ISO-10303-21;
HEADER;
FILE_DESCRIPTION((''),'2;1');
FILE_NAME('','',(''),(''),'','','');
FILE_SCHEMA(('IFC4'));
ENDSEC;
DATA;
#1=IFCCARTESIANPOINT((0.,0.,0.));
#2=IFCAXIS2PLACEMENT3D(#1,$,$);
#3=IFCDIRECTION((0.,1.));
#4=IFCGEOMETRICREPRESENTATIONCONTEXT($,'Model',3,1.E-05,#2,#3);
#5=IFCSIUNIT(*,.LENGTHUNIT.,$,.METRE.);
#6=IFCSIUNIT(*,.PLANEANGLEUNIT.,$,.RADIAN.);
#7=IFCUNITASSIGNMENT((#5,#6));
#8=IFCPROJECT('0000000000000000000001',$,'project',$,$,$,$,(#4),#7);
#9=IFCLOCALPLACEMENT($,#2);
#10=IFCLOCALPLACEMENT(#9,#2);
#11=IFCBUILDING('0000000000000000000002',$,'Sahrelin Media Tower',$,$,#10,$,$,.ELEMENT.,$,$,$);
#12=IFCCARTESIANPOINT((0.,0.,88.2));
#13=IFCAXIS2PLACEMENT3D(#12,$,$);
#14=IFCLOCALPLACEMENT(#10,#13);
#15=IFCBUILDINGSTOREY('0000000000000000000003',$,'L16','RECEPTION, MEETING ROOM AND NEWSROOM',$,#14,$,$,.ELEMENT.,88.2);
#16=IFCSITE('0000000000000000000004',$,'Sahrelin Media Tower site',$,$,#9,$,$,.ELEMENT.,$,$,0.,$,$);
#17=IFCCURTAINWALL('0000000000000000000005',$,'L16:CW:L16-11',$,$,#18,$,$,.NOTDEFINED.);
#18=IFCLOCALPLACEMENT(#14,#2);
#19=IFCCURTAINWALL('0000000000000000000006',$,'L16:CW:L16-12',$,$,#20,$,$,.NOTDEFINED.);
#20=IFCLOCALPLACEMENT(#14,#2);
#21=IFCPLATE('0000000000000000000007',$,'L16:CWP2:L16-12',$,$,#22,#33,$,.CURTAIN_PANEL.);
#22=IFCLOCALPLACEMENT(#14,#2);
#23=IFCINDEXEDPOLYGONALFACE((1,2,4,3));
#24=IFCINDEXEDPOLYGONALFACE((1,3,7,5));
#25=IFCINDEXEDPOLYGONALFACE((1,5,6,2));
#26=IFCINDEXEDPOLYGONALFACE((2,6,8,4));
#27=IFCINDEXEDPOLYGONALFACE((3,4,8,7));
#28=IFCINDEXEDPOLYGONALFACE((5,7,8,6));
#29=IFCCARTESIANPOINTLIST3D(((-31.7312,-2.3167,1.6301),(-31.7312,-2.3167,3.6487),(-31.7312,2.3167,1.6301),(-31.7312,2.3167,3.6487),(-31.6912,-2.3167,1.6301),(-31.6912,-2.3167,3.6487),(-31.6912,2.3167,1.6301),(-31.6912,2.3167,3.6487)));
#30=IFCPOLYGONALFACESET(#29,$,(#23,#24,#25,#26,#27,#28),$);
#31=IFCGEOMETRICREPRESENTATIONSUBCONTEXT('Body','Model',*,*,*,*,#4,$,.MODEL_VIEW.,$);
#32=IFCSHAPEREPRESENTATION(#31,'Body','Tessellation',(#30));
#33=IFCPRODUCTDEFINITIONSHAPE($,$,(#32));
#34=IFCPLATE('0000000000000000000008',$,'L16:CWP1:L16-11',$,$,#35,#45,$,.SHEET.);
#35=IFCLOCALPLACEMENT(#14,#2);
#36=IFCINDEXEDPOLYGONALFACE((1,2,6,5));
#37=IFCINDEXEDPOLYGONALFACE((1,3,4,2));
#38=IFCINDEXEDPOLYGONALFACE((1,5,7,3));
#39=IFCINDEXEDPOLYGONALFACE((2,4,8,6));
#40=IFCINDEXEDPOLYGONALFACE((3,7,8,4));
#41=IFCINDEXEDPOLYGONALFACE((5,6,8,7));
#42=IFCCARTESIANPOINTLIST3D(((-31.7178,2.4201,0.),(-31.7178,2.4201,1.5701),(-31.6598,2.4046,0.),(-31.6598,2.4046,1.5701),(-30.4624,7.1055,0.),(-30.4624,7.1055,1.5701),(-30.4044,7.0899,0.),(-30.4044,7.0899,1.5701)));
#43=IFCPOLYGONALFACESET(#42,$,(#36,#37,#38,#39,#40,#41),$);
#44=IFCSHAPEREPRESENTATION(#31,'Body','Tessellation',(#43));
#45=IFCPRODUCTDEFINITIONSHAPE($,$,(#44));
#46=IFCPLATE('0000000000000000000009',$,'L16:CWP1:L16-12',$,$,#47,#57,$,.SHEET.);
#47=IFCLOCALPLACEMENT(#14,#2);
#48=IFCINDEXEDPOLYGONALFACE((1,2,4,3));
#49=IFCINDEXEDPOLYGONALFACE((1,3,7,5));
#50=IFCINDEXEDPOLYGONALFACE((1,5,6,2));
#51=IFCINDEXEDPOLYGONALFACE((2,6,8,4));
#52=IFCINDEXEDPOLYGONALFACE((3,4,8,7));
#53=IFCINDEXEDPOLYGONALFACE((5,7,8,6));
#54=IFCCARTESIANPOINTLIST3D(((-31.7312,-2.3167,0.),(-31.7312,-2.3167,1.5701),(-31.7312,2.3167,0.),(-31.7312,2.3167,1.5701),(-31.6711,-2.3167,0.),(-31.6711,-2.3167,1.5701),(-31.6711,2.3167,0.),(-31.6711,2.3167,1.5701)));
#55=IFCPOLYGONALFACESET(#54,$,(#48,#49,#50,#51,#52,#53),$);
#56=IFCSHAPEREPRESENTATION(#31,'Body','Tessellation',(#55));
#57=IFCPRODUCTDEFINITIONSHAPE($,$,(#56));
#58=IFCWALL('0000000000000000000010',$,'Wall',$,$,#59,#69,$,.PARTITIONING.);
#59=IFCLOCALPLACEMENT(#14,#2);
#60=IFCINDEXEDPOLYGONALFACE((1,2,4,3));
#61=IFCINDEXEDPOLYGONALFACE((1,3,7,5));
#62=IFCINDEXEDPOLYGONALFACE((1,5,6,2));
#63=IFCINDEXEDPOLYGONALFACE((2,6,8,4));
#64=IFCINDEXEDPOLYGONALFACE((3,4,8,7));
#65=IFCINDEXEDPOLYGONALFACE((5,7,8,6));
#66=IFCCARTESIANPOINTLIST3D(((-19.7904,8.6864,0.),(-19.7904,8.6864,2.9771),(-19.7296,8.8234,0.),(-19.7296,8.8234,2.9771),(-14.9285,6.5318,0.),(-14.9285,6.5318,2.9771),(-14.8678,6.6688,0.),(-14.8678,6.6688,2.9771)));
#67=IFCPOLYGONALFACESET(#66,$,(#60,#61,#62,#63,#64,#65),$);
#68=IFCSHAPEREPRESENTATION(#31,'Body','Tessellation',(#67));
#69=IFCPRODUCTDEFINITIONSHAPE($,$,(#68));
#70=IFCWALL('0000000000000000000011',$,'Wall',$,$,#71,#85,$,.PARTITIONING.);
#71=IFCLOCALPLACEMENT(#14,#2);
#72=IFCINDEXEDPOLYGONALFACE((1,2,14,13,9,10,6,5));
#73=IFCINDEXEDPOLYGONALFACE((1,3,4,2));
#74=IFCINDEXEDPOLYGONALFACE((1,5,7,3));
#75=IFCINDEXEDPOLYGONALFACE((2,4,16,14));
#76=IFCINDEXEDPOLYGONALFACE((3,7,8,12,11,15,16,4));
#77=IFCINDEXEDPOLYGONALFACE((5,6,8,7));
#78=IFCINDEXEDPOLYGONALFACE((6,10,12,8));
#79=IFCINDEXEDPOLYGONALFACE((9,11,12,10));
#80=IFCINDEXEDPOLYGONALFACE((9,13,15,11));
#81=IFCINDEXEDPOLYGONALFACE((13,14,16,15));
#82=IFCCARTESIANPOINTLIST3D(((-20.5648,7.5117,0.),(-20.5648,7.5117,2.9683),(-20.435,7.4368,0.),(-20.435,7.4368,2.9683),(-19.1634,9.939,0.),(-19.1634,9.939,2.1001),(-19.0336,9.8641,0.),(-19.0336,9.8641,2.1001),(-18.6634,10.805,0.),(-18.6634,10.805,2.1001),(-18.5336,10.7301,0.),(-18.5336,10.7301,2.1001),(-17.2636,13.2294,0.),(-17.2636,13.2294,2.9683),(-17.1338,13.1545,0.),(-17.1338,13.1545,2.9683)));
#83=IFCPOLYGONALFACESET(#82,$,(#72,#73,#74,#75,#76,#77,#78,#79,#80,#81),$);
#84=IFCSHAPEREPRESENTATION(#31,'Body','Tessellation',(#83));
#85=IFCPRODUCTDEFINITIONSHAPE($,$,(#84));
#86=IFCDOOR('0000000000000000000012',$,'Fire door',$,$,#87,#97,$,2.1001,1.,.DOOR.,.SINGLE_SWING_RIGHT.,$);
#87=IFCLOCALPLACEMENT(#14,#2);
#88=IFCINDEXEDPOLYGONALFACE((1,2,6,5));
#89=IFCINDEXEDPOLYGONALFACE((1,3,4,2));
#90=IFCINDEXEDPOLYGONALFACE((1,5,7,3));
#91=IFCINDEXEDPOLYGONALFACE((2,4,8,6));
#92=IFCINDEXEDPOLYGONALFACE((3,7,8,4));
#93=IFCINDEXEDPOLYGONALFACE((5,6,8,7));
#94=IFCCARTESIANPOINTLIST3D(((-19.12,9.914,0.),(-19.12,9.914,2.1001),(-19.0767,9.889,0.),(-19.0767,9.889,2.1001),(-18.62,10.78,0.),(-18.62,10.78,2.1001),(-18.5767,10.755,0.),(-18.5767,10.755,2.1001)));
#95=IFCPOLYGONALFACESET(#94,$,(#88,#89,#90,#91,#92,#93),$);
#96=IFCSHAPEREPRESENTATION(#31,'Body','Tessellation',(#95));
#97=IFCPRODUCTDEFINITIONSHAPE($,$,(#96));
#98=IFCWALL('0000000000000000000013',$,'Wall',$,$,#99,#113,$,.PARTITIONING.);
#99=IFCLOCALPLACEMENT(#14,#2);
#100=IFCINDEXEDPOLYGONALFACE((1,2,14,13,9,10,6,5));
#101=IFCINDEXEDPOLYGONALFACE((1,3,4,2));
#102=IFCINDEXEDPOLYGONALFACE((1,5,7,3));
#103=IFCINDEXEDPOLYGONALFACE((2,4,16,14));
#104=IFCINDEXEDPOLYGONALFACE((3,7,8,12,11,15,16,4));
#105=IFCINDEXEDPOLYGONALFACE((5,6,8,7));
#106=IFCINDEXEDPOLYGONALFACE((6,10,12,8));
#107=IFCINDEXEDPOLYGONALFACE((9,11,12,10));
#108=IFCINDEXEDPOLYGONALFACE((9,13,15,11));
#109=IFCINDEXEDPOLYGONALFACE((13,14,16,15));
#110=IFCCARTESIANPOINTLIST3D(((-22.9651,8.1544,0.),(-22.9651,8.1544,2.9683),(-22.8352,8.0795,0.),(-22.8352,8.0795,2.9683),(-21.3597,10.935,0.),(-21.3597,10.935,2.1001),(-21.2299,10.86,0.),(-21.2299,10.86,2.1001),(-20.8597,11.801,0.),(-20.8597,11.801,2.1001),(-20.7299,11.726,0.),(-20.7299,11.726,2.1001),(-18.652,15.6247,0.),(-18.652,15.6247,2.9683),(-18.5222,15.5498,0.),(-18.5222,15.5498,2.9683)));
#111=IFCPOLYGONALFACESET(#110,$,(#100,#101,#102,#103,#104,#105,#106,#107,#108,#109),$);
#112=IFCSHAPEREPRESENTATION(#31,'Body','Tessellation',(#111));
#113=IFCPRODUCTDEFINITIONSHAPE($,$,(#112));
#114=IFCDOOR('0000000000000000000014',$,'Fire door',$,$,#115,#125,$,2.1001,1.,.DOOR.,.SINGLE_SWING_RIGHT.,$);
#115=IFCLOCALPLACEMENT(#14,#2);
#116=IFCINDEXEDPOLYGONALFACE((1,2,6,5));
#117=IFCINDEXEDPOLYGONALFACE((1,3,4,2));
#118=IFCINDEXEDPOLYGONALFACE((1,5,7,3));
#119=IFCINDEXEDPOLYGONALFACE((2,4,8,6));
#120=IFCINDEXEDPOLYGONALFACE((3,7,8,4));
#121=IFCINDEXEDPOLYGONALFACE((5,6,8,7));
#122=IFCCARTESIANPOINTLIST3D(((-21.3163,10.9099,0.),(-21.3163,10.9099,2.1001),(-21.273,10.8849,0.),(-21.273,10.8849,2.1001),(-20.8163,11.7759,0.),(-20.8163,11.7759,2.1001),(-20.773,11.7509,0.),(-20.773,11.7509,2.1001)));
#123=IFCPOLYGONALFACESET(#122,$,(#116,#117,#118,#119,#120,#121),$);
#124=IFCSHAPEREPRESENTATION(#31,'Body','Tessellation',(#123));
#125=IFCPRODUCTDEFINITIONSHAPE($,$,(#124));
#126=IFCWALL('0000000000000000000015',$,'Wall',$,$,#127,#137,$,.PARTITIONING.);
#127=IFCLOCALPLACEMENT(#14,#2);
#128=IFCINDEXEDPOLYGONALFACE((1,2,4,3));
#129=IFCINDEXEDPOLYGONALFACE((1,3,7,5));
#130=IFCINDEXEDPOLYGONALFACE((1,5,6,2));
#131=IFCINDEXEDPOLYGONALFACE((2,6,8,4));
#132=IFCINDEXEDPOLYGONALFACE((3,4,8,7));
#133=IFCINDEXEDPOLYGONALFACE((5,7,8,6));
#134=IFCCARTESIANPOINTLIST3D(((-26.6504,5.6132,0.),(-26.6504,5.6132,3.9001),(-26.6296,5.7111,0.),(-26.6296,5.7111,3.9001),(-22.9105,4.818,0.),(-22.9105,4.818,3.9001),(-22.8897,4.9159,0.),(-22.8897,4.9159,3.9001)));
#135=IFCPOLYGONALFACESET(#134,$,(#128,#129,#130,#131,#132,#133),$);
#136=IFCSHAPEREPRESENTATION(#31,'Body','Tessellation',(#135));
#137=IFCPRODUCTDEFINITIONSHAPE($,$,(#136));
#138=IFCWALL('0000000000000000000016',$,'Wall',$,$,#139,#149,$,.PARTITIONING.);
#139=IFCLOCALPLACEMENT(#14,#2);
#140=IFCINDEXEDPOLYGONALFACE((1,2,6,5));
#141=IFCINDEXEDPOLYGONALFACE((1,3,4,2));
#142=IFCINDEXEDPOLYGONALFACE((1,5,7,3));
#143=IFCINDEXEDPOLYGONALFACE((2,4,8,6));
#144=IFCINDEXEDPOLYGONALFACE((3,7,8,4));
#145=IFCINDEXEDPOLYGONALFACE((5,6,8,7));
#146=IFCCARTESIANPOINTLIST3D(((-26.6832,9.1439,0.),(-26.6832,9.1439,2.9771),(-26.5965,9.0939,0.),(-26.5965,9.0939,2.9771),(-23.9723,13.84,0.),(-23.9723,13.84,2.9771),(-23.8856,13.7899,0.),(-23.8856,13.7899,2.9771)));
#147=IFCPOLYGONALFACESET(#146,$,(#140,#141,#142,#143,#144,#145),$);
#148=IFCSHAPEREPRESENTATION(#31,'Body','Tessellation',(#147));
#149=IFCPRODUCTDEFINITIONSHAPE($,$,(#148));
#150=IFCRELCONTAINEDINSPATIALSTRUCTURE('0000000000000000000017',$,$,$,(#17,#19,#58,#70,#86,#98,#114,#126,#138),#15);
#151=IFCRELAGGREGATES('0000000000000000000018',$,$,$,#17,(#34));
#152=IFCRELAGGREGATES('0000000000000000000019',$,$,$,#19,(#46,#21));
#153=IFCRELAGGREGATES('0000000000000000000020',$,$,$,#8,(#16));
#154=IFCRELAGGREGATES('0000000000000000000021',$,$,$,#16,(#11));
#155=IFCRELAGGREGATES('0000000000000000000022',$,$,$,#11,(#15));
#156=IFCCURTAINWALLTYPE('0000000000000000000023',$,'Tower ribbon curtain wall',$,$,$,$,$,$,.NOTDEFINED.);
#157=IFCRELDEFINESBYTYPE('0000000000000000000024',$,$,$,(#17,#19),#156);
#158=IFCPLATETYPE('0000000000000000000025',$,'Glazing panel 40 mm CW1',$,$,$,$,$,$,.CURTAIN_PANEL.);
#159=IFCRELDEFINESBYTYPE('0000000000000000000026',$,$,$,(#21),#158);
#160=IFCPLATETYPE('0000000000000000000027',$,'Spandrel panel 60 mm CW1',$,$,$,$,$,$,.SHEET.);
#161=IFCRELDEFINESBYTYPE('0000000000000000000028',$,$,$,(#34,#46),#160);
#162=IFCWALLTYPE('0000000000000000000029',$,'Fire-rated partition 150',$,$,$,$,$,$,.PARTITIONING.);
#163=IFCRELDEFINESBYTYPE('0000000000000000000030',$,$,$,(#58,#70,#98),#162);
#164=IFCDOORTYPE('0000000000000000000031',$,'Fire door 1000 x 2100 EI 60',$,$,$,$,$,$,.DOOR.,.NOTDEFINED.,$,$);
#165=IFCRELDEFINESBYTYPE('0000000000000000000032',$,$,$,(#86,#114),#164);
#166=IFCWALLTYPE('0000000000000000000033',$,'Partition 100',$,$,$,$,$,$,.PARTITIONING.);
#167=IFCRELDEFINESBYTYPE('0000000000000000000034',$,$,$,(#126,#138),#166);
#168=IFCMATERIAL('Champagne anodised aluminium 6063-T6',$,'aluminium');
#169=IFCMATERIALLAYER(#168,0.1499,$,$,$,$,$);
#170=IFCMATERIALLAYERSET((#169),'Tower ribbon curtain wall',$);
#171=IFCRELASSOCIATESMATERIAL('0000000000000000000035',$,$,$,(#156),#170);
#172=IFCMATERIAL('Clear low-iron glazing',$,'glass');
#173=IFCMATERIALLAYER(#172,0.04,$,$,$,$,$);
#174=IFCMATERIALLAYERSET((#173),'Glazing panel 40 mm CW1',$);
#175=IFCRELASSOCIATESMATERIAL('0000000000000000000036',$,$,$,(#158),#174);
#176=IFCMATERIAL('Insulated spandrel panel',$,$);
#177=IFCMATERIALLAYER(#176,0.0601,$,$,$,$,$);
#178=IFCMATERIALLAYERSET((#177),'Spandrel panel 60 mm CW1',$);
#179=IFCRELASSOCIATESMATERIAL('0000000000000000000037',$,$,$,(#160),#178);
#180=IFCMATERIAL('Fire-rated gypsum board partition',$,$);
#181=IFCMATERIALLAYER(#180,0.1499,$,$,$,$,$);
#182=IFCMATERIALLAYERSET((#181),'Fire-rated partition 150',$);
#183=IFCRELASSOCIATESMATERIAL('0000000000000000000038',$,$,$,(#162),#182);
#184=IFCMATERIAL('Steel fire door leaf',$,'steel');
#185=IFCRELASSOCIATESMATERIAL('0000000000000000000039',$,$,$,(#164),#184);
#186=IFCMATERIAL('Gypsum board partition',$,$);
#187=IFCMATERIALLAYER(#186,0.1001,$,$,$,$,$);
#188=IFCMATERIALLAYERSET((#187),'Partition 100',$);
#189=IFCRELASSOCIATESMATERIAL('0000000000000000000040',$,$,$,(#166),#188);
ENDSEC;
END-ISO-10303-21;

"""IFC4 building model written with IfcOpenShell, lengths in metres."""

from ifc_helpers import new_model, si_unit, direction, frame, frame_2d, origin, place, context, subcontext, project, spatial, polyline, rectangle, outline, extrude, material, layer, layer_set, type_object, element, fill, aggregate, save


model = new_model("IFC4")

# Units and contexts
model_context = context("Model", 3, precision=1e-05, world=origin(), true_north=direction((0.0, 1.0)))
body_context = subcontext(model_context, "Body", "Model", "MODEL_VIEW")
ifc_project = project(units=[si_unit("LENGTHUNIT", "METRE"), si_unit("PLANEANGLEUNIT", "RADIAN")], contexts=[model_context])

# Site, building, storey
site_placement = place(None, origin())
site = spatial("IfcSite", under=ifc_project, at=site_placement, Name="Sahrelin Media Tower site", CompositionType="ELEMENT", RefElevation=0.0)
building_placement = place(site_placement, origin())
building = spatial("IfcBuilding", under=site, at=building_placement, Name="Sahrelin Media Tower", CompositionType="ELEMENT")
storey_placement = place(building_placement, frame((0.0, 0.0, 88.2)))
storey = spatial("IfcBuildingStorey", under=building, at=storey_placement, Name="L16", Description="RECEPTION, MEETING ROOM AND NEWSROOM", CompositionType="ELEMENT", Elevation=88.2)

# Curtain wall
ifc_material_1 = material(Name="Champagne anodised aluminium 6063-T6", Category="aluminium")
ifc_layer_1 = layer(ifc_material_1, 0.1499)
ifc_layer_set_1 = layer_set([ifc_layer_1], Name="Tower ribbon curtain wall")
curtain_wall_type = type_object("IfcCurtainWallType", Name="Tower ribbon curtain wall", PredefinedType="NOTDEFINED", material=ifc_layer_set_1)
curtain_wall_1_placement = place(storey_placement, frame((-31.0708, 4.7576, 0.0), z_axis=(0.0, 0.0, 1.0), x_axis=(1.0, 0.0, 0.0)))
curtain_wall_1 = element("IfcCurtainWall", 1, at=curtain_wall_1_placement, inside=storey, type_object=curtain_wall_type, Name="L16:CW:L16-11", PredefinedType="NOTDEFINED")

# Curtain wall
curtain_wall_2_placement = place(storey_placement, frame((-31.7112, 0.0, 0.0), z_axis=(0.0, 0.0, 1.0), x_axis=(1.0, 0.0, 0.0)))
curtain_wall_2 = element("IfcCurtainWall", 2, at=curtain_wall_2_placement, inside=storey, type_object=curtain_wall_type, Name="L16:CW:L16-12", PredefinedType="NOTDEFINED")

# Plates
ifc_material_2 = material(Name="Clear low-iron glazing", Category="glass")
ifc_layer_2 = layer(ifc_material_2, 0.04)
ifc_layer_set_2 = layer_set([ifc_layer_2], Name="Glazing panel 40 mm CW1")
plate_type_1 = type_object("IfcPlateType", Name="Glazing panel 40 mm CW1", PredefinedType="CURTAIN_PANEL", material=ifc_layer_set_2)
plate_1_placement = place(storey_placement, frame((-31.7312, 2.3167, 1.6301), z_axis=(-1.0, 0.0, 0.0), x_axis=(0.0, -1.0, 0.0)))
plate_1 = element("IfcPlate", 3, at=plate_1_placement, type_object=plate_type_1, Name="L16:CWP2:L16-12", PredefinedType="CURTAIN_PANEL", context=body_context, shape_type="SweptSolid", body=[
    extrude(outline(polyline([(0.0, 0.0), (4.6333, 0.0), (4.6333, 2.0186), (0.0, 2.0186), (0.0, 0.0)])), origin(), (0.0, 0.0, -1.0), 0.04),
])
ifc_material_3 = material(Name="Insulated spandrel panel")
ifc_layer_3 = layer(ifc_material_3, 0.0601)
ifc_layer_set_3 = layer_set([ifc_layer_3], Name="Spandrel panel 60 mm CW1")
plate_type_2 = type_object("IfcPlateType", Name="Spandrel panel 60 mm CW1", PredefinedType="SHEET", material=ifc_layer_set_3)
plate_2_placement = place(storey_placement, frame((-30.4624, 7.1055, 0.0), z_axis=(-0.965929, 0.258809, 0.0), x_axis=(-0.258809, -0.965929, 0.0)))
plate_2 = element("IfcPlate", 4, at=plate_2_placement, type_object=plate_type_2, Name="L16:CWP1:L16-11", PredefinedType="SHEET", context=body_context, shape_type="SweptSolid", body=[
    extrude(outline(polyline([(0.0, 0.0), (4.8506, 0.0), (4.8506, 1.5701), (0.0, 1.5701), (0.0, 0.0)])), origin(), (0.0, 0.0, -1.0), 0.0601),
])
aggregate(curtain_wall_1, [plate_2])
plate_3_placement = place(storey_placement, frame((-31.7312, 2.3167, 0.0), z_axis=(-1.0, 0.0, 0.0), x_axis=(0.0, -1.0, 0.0)))
plate_3 = element("IfcPlate", 5, at=plate_3_placement, type_object=plate_type_2, Name="L16:CWP1:L16-12", PredefinedType="SHEET", context=body_context, shape_type="SweptSolid", body=[
    extrude(outline(polyline([(0.0, 0.0), (4.6333, 0.0), (4.6333, 1.5701), (0.0, 1.5701), (0.0, 0.0)])), origin(), (0.0, 0.0, -1.0), 0.0601),
])
aggregate(curtain_wall_2, [plate_3, plate_1])

# Wall
ifc_material_4 = material(Name="Fire-rated gypsum board partition")
ifc_layer_4 = layer(ifc_material_4, 0.1499)
ifc_layer_set_4 = layer_set([ifc_layer_4], Name="Fire-rated partition 150")
wall_type_1 = type_object("IfcWallType", Name="Fire-rated partition 150", PredefinedType="PARTITIONING", material=ifc_layer_set_4)
wall_1_placement = place(storey_placement, frame((-19.76, 8.7549, 0.0), z_axis=(0.0, 0.0, 1.0), x_axis=(0.914248, -0.405154, 0.0)))
element("IfcWall", 6, at=wall_1_placement, inside=storey, type_object=wall_type_1, Name="Wall", PredefinedType="PARTITIONING", context=body_context, shape_type="SweptSolid", body=[
    extrude(rectangle(XDim=5.3179, YDim=0.1499, at=frame_2d((2.6589, 0.0))), origin(), (0.0, 0.0, 1.0), 2.9771),
])

# Walls, openings, doors
wall_2_placement = place(storey_placement, frame((-20.5, 7.4741, 0.0), z_axis=(0.0, 0.0, 1.0), x_axis=(0.500013, 0.866018, 0.0)))
wall_2 = element("IfcWall", 7, at=wall_2_placement, inside=storey, type_object=wall_type_1, Name="Wall", PredefinedType="PARTITIONING", context=body_context, shape_type="SweptSolid", body=[
    extrude(rectangle(XDim=6.6023, YDim=0.1499, at=frame_2d((3.3013, 0.0))), origin(), (0.0, 0.0, 1.0), 2.9683),
])
opening_1_placement = place(wall_2_placement, frame((2.803, 0.0, 0.0)))
opening_1 = element("IfcOpeningElement", 8, at=opening_1_placement, cuts=wall_2, PredefinedType="OPENING", context=body_context, shape_type="SweptSolid", body=[
    extrude(rectangle(XDim=1.0, YDim=2.1001, at=frame_2d((0.5, 1.05))), frame((0.0, 0.075, 0.0), z_axis=(0.0, -1.0, 0.0), x_axis=(1.0, 0.0, 0.0)), (0.0, 0.0, 1.0), 0.1499),
])
ifc_material_5 = material(Name="Steel fire door leaf", Category="steel")
door_type = type_object("IfcDoorType", Name="Fire door 1000 x 2100 EI 60", OperationType="NOTDEFINED", PredefinedType="DOOR", material=ifc_material_5)
door_1_placement = place(opening_1_placement, origin())
door_1 = element("IfcDoor", 9, at=door_1_placement, inside=storey, type_object=door_type, Name="Fire door", OperationType="SINGLE_SWING_RIGHT", OverallHeight=2.1001, OverallWidth=1.0, PredefinedType="DOOR", context=body_context, shape_type="SweptSolid", body=[
    extrude(rectangle(XDim=1.0, YDim=2.1001, at=frame_2d((0.5, 1.05))), frame((0.0, 0.0249, 0.0), z_axis=(0.0, -1.0, 0.0), x_axis=(1.0, 0.0, 0.0)), (0.0, 0.0, 1.0), 0.05),
])
fill(opening_1, door_1)
wall_3_placement = place(storey_placement, frame((-22.9001, 8.1169, 0.0), z_axis=(0.0, 0.0, 1.0), x_axis=(0.500005, 0.866023, 0.0)))
wall_3 = element("IfcWall", 10, at=wall_3_placement, inside=storey, type_object=wall_type_1, Name="Wall", PredefinedType="PARTITIONING", context=body_context, shape_type="SweptSolid", body=[
    extrude(rectangle(XDim=8.626, YDim=0.1499, at=frame_2d((4.313, 0.0))), origin(), (0.0, 0.0, 1.0), 2.9683),
])
opening_2_placement = place(wall_3_placement, frame((3.2107, 0.0, 0.0)))
opening_2 = element("IfcOpeningElement", 11, at=opening_2_placement, cuts=wall_3, PredefinedType="OPENING", context=body_context, shape_type="SweptSolid", body=[
    extrude(rectangle(XDim=1.0, YDim=2.1001, at=frame_2d((0.5, 1.05))), frame((0.0, 0.075, 0.0), z_axis=(0.0, -1.0, 0.0), x_axis=(1.0, 0.0, 0.0)), (0.0, 0.0, 1.0), 0.1499),
])
door_2_placement = place(opening_2_placement, origin())
door_2 = element("IfcDoor", 12, at=door_2_placement, inside=storey, type_object=door_type, Name="Fire door", OperationType="SINGLE_SWING_RIGHT", OverallHeight=2.1001, OverallWidth=1.0, PredefinedType="DOOR", context=body_context, shape_type="SweptSolid", body=[
    extrude(rectangle(XDim=1.0, YDim=2.1001, at=frame_2d((0.5, 1.05))), frame((0.0, 0.0249, 0.0), z_axis=(0.0, -1.0, 0.0), x_axis=(1.0, 0.0, 0.0)), (0.0, 0.0, 1.0), 0.05),
])
fill(opening_2, door_2)

# Walls
ifc_material_6 = material(Name="Gypsum board partition")
ifc_layer_5 = layer(ifc_material_6, 0.1001)
ifc_layer_set_5 = layer_set([ifc_layer_5], Name="Partition 100")
wall_type_2 = type_object("IfcWallType", Name="Partition 100", PredefinedType="PARTITIONING", material=ifc_layer_set_5)
wall_4_placement = place(storey_placement, frame((-26.6399, 5.6621, 0.0), z_axis=(0.0, 0.0, 1.0), x_axis=(0.978137, -0.207963, 0.0)))
element("IfcWall", 13, at=wall_4_placement, inside=storey, type_object=wall_type_2, Name="Wall", PredefinedType="PARTITIONING", context=body_context, shape_type="SweptSolid", body=[
    extrude(rectangle(XDim=3.8235, YDim=0.1001, at=frame_2d((1.9116, 0.0))), origin(), (0.0, 0.0, 1.0), 3.9001),
])
wall_5_placement = place(storey_placement, frame((-26.6399, 9.1189, 0.0), z_axis=(0.0, 0.0, 1.0), x_axis=(0.499955, 0.866051, 0.0)))
element("IfcWall", 14, at=wall_5_placement, inside=storey, type_object=wall_type_2, Name="Wall", PredefinedType="PARTITIONING", context=body_context, shape_type="SweptSolid", body=[
    extrude(rectangle(XDim=5.4224, YDim=0.1001, at=frame_2d((2.7112, 0.0))), origin(), (0.0, 0.0, 1.0), 2.9771),
])

save(model, "model.ifc")
